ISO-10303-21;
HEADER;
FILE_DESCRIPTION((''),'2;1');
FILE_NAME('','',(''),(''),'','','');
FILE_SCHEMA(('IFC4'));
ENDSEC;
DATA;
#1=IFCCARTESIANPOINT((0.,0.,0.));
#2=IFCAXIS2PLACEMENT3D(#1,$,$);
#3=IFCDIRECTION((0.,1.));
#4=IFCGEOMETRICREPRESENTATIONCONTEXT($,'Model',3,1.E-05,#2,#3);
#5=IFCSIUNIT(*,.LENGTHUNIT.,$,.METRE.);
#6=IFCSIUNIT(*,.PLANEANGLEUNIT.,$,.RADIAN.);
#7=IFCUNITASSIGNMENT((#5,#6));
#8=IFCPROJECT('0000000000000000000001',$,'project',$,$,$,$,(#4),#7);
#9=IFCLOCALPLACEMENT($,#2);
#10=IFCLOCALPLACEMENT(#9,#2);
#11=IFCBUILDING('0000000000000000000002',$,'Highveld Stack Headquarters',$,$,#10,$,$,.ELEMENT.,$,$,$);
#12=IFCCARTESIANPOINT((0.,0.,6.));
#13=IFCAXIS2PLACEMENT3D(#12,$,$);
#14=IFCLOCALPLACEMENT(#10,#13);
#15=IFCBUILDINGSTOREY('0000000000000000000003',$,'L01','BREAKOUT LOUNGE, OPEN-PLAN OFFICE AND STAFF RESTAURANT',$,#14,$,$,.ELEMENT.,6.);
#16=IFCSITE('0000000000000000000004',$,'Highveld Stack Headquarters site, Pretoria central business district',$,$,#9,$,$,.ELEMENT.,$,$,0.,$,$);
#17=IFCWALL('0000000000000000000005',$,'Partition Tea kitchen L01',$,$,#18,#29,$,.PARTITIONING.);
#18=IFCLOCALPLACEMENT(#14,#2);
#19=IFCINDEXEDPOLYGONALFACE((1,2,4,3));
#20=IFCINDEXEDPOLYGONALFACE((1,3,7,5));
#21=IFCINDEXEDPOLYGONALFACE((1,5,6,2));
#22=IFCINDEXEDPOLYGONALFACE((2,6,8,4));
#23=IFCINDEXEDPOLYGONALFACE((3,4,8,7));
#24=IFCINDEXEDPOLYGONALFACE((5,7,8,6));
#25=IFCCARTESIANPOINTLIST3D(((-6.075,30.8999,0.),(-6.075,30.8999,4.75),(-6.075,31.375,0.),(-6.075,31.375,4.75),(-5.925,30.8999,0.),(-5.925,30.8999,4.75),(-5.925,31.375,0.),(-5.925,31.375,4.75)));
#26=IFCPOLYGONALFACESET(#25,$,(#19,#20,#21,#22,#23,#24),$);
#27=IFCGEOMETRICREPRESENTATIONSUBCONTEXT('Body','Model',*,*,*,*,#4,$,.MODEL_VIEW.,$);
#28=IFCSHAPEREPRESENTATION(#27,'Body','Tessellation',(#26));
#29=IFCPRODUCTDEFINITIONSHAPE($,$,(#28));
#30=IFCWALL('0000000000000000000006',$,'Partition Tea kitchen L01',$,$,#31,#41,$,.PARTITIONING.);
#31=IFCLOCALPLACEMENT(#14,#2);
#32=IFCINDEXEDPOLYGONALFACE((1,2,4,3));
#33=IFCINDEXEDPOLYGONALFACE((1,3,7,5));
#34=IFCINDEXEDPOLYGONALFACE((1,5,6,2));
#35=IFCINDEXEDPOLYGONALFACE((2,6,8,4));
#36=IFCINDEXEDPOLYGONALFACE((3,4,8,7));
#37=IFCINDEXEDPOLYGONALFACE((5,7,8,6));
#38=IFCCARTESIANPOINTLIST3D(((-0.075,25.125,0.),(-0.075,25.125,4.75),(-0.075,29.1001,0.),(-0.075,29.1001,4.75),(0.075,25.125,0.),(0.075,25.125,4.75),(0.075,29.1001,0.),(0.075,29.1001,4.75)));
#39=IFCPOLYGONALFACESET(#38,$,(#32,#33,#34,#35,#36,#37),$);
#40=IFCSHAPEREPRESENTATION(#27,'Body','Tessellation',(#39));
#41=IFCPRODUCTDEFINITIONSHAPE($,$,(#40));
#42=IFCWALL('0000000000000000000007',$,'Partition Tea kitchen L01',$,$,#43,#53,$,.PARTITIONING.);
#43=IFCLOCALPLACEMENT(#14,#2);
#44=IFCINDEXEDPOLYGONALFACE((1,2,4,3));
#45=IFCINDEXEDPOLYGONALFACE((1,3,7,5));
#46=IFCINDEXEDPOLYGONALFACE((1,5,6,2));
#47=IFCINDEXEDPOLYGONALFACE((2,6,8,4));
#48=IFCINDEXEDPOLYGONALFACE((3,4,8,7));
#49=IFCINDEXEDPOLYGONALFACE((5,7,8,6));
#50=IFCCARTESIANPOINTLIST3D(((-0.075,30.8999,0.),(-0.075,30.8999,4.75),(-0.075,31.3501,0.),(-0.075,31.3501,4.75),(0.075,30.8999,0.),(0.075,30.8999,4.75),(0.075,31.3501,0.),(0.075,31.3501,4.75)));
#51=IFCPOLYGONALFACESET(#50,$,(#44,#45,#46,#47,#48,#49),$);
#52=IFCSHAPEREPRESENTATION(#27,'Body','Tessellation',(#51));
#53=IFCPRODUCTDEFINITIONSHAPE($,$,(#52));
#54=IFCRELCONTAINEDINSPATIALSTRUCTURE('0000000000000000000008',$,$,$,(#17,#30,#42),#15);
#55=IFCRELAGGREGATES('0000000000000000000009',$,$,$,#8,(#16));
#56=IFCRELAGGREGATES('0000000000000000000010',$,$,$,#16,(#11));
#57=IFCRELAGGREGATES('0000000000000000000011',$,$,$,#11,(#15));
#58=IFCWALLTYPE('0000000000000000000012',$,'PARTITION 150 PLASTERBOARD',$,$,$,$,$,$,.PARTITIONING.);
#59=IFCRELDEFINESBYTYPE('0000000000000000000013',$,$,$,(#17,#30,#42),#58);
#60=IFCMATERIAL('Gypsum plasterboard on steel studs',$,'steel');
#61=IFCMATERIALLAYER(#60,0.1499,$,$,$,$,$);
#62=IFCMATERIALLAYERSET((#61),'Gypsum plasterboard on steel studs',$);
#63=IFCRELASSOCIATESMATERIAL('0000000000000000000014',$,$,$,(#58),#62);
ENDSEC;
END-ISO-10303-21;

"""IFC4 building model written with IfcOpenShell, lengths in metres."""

from ifc_helpers import new_model, si_unit, direction, frame, frame_2d, origin, place, context, subcontext, project, spatial, rectangle, extrude, material, layer, layer_set, type_object, element, save


model = new_model("IFC4")

# Units and contexts
model_context = context("Model", 3, precision=1e-05, world=origin(), true_north=direction((0.0, 1.0)))
body_context = subcontext(model_context, "Body", "Model", "MODEL_VIEW")
ifc_project = project(units=[si_unit("LENGTHUNIT", "METRE"), si_unit("PLANEANGLEUNIT", "RADIAN")], contexts=[model_context])

# Site, building, storey
site_placement = place(None, origin())
site = spatial("IfcSite", under=ifc_project, at=site_placement, Name="Highveld Stack Headquarters site, Pretoria central business district", CompositionType="ELEMENT", RefElevation=0.0)
building_placement = place(site_placement, origin())
building = spatial("IfcBuilding", under=site, at=building_placement, Name="Highveld Stack Headquarters", CompositionType="ELEMENT")
storey_placement = place(building_placement, frame((0.0, 0.0, 6.0)))
storey = spatial("IfcBuildingStorey", under=building, at=storey_placement, Name="L01", Description="BREAKOUT LOUNGE, OPEN-PLAN OFFICE AND STAFF RESTAURANT", CompositionType="ELEMENT", Elevation=6.0)

# Shared definitions
ifc_material_1 = material(Name="Gypsum plasterboard on steel studs", Category="steel")
ifc_layer_1 = layer(ifc_material_1, 0.1499)
ifc_layer_set_1 = layer_set([ifc_layer_1], Name="Gypsum plasterboard on steel studs")
wall_type = type_object("IfcWallType", Name="PARTITION 150 PLASTERBOARD", PredefinedType="PARTITIONING", material=ifc_layer_set_1)

# Walls
wall_1_placement = place(storey_placement, frame((-6.0, 30.8999, 0.0), z_axis=(0.0, 0.0, 1.0), x_axis=(0.0, 1.0, 0.0)))
element("IfcWall", 1, at=wall_1_placement, inside=storey, type_object=wall_type, Name="Partition Tea kitchen L01", PredefinedType="PARTITIONING", context=body_context, shape_type="SweptSolid", body=[
    extrude(rectangle(XDim=0.4751, YDim=0.1499, at=frame_2d((0.2375, 0.0))), origin(), (0.0, 0.0, 1.0), 4.75),
])
wall_2_placement = place(storey_placement, frame((0.0, 25.125, 0.0), z_axis=(0.0, 0.0, 1.0), x_axis=(0.0, 1.0, 0.0)))
element("IfcWall", 2, at=wall_2_placement, inside=storey, type_object=wall_type, Name="Partition Tea kitchen L01", PredefinedType="PARTITIONING", context=body_context, shape_type="SweptSolid", body=[
    extrude(rectangle(XDim=3.9751, YDim=0.1499, at=frame_2d((1.9875, 0.0))), origin(), (0.0, 0.0, 1.0), 4.75),
])
wall_3_placement = place(storey_placement, frame((0.0, 30.8999, 0.0), z_axis=(0.0, 0.0, 1.0), x_axis=(0.0, 1.0, 0.0)))
element("IfcWall", 3, at=wall_3_placement, inside=storey, type_object=wall_type, Name="Partition Tea kitchen L01", PredefinedType="PARTITIONING", context=body_context, shape_type="SweptSolid", body=[
    extrude(rectangle(XDim=0.4502, YDim=0.1499, at=frame_2d((0.2251, 0.0))), origin(), (0.0, 0.0, 1.0), 4.75),
])

save(model, "model.ifc")
